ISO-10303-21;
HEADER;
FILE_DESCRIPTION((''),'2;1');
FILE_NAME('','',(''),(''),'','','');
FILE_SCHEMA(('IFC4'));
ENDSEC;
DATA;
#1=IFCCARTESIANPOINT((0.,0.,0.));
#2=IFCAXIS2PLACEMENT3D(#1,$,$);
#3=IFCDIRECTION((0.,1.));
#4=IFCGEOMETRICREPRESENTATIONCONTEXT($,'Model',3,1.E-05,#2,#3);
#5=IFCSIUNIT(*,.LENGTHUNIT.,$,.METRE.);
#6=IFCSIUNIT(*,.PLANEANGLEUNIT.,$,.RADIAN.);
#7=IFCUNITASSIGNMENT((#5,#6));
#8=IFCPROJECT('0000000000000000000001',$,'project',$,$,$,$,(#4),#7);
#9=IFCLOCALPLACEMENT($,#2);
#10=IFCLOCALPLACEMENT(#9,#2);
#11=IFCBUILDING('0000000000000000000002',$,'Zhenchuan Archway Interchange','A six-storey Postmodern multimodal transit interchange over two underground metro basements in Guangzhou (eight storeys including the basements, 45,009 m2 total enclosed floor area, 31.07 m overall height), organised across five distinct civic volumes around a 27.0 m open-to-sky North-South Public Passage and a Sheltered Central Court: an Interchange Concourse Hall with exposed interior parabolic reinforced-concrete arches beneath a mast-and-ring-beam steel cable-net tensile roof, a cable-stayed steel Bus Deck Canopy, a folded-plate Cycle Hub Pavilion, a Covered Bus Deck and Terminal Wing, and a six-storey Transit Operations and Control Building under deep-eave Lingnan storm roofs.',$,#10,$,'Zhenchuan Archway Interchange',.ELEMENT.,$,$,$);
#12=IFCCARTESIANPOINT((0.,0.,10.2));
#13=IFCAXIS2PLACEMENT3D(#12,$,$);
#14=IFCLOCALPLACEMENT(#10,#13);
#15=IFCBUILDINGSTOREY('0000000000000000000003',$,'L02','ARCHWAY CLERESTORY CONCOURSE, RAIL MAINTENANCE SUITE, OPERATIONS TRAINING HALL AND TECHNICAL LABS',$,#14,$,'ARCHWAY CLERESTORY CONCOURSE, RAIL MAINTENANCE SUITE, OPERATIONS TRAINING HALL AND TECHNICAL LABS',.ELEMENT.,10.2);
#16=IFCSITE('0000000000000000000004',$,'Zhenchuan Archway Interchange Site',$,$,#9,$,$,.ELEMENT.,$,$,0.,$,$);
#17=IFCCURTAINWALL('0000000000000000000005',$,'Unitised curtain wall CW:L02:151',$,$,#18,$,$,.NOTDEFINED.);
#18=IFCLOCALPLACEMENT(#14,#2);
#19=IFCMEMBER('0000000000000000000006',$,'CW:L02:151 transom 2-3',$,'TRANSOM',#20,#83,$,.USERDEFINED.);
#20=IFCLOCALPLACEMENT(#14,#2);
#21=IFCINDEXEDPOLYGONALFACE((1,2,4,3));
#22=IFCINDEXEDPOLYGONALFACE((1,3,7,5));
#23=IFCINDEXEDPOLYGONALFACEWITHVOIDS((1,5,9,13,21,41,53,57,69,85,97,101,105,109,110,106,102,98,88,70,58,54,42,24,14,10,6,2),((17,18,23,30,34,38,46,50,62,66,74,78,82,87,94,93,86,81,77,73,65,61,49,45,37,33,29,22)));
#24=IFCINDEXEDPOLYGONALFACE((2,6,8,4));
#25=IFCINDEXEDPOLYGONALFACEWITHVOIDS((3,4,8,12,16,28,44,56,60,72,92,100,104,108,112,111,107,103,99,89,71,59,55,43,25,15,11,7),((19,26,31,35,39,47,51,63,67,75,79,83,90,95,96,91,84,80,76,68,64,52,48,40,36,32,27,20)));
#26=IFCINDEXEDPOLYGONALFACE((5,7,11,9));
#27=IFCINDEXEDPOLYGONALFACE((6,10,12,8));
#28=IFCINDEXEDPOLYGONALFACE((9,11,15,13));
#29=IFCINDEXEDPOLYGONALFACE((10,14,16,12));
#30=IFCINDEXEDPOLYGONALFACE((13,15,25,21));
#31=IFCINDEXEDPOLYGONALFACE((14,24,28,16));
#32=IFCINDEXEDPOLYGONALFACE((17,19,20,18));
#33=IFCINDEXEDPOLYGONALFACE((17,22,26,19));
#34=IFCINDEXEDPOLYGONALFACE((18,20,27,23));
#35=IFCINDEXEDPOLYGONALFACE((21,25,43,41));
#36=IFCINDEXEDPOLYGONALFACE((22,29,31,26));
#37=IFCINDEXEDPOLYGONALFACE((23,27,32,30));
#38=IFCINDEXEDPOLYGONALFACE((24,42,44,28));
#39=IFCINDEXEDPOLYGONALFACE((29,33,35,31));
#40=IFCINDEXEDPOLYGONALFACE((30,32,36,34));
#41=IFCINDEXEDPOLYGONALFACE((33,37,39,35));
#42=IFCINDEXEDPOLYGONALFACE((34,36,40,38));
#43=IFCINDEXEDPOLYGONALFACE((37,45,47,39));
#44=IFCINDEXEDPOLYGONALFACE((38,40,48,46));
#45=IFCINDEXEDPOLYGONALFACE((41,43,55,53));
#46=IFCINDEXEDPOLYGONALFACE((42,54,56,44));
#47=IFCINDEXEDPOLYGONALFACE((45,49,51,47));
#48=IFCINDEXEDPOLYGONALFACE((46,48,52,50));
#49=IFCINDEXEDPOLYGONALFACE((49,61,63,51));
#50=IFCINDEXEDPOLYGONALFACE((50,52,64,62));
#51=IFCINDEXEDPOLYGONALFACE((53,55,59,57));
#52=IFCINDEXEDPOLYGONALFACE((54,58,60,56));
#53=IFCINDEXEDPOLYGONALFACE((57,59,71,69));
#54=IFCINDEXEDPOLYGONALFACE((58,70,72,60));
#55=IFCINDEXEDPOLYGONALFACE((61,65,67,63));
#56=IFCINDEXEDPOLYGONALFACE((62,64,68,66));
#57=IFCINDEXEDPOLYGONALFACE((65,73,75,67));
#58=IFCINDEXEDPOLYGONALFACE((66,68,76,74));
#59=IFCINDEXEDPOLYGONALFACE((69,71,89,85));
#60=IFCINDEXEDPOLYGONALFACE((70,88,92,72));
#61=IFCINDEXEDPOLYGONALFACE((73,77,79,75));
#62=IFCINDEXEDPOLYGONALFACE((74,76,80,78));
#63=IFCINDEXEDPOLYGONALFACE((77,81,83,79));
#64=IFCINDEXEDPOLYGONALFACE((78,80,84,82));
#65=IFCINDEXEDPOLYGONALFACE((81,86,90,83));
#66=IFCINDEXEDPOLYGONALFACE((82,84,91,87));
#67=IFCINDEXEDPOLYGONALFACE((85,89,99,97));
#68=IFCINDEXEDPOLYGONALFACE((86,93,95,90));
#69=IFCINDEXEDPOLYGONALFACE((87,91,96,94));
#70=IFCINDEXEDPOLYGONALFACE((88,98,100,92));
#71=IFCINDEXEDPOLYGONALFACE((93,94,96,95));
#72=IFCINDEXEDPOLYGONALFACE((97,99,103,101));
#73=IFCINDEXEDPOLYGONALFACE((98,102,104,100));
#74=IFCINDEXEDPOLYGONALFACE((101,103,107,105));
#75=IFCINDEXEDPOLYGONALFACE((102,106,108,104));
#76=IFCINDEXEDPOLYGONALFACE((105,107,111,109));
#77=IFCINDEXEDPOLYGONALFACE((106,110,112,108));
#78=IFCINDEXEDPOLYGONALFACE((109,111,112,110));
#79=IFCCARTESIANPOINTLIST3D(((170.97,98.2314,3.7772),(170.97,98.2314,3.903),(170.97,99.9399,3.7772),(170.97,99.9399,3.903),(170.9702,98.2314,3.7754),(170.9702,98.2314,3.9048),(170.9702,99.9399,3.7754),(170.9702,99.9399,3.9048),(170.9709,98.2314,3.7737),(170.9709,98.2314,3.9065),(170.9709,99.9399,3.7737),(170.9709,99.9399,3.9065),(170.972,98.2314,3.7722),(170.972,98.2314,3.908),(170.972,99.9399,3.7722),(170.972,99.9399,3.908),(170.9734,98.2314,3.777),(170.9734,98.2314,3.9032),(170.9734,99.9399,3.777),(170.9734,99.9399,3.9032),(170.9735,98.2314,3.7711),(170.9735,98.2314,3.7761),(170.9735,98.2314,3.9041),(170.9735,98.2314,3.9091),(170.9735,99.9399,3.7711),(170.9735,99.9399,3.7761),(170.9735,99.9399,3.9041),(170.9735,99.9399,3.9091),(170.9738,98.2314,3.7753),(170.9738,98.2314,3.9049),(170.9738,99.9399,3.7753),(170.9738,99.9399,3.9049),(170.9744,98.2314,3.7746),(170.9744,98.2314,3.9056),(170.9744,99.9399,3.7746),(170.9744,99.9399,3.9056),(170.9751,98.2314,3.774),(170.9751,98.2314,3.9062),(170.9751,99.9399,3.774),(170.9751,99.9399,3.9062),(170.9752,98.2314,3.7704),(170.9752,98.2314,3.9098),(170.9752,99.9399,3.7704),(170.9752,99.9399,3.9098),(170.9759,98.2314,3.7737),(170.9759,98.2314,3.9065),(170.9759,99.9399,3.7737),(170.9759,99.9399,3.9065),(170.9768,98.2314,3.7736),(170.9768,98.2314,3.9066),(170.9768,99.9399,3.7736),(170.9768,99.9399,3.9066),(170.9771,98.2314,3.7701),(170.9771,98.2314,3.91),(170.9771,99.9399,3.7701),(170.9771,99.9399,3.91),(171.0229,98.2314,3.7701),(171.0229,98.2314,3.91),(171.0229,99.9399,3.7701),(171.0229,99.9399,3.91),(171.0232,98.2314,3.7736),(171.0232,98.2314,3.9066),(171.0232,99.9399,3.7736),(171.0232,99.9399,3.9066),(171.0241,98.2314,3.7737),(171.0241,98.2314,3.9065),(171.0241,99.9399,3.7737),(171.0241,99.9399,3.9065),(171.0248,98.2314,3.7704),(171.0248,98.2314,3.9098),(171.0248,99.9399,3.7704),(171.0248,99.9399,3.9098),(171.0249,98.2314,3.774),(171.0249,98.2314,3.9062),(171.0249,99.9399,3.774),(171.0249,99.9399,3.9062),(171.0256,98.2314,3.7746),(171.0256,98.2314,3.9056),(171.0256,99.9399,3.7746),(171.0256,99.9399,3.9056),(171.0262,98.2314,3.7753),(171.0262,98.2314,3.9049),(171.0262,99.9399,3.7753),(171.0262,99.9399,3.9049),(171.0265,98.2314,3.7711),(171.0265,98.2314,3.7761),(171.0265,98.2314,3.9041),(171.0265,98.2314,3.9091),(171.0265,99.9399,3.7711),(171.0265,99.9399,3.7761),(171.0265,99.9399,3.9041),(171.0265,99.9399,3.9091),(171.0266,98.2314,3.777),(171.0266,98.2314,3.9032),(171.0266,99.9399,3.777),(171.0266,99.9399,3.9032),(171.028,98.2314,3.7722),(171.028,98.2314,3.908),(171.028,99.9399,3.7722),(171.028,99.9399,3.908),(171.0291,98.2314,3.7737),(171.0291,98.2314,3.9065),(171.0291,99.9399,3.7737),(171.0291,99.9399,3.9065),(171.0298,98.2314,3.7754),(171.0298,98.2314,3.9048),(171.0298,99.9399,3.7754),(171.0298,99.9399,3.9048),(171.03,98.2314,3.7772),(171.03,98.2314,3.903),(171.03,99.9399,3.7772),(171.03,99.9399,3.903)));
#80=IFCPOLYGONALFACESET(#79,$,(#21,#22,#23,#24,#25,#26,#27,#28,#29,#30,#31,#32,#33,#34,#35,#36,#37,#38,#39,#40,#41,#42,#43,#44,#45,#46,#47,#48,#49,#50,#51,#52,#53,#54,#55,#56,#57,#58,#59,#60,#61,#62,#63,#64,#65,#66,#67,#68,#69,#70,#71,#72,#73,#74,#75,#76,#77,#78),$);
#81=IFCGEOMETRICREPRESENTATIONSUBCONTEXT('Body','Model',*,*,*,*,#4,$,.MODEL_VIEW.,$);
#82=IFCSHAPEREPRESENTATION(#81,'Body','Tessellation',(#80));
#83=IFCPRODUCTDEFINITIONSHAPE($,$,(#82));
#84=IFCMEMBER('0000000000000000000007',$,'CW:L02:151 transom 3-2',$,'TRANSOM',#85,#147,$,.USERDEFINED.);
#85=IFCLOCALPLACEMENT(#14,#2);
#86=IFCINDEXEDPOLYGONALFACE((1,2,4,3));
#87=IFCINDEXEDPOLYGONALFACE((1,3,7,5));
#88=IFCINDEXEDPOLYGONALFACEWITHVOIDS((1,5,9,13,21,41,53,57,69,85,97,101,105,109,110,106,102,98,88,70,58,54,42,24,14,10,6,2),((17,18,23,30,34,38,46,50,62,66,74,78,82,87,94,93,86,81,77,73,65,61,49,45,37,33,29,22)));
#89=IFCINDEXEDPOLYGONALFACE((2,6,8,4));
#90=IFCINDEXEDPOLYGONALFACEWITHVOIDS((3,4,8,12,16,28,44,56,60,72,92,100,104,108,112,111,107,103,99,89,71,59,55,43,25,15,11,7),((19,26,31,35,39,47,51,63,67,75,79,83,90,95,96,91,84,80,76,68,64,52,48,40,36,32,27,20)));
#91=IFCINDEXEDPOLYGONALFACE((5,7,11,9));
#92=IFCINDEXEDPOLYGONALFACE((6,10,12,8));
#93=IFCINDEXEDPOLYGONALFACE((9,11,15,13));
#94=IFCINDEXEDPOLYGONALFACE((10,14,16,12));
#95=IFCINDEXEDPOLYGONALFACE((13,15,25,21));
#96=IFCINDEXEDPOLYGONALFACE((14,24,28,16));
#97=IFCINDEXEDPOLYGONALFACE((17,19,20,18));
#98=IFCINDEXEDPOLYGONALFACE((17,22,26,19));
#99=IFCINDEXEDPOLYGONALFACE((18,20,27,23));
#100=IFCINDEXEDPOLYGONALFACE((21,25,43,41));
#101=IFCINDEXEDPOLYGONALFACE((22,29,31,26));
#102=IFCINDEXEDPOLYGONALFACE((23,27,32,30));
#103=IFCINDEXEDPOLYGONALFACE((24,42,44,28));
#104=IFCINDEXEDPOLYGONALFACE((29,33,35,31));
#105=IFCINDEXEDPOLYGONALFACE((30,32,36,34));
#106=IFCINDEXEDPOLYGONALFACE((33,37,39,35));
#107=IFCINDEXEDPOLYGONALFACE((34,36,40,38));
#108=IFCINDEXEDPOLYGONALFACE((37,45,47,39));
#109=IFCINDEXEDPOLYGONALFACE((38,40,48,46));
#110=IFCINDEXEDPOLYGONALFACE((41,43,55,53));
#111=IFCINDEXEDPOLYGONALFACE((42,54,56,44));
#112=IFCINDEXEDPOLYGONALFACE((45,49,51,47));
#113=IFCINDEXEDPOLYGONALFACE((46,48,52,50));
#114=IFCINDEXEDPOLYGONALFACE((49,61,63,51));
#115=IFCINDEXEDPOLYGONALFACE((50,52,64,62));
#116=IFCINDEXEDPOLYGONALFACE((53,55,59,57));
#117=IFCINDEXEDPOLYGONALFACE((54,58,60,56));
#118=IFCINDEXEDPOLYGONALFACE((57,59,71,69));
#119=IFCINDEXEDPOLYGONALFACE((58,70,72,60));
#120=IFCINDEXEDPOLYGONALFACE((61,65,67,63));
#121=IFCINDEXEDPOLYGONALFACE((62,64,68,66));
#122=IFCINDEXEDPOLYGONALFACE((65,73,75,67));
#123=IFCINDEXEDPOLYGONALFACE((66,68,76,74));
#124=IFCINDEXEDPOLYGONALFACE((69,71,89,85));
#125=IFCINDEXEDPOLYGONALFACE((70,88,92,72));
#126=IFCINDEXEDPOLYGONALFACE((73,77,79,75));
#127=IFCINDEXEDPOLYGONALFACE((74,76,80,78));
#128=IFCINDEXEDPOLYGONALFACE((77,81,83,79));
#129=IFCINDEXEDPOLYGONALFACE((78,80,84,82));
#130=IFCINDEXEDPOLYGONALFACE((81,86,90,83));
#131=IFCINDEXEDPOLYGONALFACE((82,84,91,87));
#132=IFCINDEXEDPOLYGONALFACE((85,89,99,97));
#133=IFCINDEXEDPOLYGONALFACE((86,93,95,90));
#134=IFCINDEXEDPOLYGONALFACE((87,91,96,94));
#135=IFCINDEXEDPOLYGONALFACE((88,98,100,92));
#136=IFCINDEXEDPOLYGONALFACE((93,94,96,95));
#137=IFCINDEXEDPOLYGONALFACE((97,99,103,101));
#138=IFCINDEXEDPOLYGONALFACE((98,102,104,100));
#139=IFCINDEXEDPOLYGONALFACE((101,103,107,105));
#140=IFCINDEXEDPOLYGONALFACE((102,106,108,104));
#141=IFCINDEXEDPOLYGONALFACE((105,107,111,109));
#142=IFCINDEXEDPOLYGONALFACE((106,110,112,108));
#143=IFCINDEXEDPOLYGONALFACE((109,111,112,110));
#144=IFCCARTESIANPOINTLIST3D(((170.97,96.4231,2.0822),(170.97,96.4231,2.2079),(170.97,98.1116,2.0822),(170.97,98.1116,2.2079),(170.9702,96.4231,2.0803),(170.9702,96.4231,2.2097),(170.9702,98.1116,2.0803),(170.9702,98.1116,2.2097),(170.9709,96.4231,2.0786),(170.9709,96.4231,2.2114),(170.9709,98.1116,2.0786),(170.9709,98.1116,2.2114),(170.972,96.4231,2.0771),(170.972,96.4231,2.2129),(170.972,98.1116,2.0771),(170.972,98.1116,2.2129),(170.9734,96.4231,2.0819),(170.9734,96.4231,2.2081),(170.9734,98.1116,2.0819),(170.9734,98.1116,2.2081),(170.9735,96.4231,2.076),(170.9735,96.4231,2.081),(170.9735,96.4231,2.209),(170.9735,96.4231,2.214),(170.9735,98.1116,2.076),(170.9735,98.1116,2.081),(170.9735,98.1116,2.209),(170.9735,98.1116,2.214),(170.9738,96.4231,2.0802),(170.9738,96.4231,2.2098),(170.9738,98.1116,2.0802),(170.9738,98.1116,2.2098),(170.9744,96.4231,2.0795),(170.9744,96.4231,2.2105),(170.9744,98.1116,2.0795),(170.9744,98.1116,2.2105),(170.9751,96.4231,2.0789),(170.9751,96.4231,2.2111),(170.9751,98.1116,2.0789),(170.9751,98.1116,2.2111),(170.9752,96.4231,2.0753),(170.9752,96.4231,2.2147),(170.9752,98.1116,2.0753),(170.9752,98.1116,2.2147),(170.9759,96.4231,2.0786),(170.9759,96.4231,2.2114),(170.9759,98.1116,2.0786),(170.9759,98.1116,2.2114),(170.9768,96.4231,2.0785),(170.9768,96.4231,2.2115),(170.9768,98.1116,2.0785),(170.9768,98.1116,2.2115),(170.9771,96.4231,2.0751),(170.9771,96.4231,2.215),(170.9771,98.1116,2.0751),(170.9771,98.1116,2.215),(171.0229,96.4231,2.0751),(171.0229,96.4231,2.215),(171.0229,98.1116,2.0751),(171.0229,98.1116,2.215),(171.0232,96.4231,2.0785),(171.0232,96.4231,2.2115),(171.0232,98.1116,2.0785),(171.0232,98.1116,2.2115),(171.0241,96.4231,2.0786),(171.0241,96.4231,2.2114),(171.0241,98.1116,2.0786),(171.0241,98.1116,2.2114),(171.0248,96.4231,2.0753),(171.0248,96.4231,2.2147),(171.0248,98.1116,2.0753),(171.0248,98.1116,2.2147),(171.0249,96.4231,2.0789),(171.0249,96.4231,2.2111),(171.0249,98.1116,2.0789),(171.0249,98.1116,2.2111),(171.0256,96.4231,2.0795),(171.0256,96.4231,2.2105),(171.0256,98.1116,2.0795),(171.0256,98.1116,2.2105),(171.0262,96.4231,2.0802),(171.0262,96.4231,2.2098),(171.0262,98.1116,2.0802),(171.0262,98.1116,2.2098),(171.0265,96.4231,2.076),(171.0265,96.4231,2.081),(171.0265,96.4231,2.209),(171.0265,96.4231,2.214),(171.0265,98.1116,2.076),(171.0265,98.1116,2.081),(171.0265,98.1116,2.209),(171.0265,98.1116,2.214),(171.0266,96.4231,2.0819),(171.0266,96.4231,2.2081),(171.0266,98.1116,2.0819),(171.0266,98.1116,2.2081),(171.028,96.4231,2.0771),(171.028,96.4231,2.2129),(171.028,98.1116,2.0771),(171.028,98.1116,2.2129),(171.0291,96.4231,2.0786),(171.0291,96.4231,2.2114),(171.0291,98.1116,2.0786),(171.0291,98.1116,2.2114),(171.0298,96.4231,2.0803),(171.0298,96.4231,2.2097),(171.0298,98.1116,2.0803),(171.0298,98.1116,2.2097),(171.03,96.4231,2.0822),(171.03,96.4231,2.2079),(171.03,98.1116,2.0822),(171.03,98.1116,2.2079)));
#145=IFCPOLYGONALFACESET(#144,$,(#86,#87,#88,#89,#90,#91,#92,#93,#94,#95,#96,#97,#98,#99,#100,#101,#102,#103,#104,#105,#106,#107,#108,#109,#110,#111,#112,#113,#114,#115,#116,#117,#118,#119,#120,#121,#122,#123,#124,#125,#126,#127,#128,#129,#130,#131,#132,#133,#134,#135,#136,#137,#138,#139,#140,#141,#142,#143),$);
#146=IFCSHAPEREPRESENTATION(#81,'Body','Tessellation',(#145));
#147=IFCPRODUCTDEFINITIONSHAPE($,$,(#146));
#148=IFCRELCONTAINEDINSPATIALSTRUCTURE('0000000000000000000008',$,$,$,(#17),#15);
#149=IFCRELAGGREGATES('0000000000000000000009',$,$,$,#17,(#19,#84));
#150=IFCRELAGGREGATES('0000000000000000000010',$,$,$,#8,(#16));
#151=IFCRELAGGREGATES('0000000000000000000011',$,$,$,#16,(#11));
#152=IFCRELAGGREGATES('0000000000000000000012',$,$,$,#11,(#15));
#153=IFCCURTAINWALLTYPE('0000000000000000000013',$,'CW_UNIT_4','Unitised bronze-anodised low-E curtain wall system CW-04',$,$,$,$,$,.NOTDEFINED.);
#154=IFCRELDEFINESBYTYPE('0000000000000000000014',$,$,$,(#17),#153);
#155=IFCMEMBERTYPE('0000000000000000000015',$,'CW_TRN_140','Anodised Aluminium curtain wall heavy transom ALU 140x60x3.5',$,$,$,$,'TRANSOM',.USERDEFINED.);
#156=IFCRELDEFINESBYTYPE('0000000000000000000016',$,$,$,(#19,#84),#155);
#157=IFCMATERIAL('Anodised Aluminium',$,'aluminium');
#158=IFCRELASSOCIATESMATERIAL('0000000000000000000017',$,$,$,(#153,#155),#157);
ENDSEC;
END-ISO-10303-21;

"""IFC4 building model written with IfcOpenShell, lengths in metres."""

from ifc_helpers import new_model, si_unit, direction, frame, origin, origin_2d, place, context, subcontext, project, spatial, hollow_rectangle, extrude, material, material_profile, profile_set, type_object, element, aggregate, save


model = new_model("IFC4")

# Units and contexts
model_context = context("Model", 3, precision=1e-05, world=origin(), true_north=direction((0.0, 1.0)))
body_context = subcontext(model_context, "Body", "Model", "MODEL_VIEW")
ifc_project = project(units=[si_unit("LENGTHUNIT", "METRE"), si_unit("PLANEANGLEUNIT", "RADIAN")], contexts=[model_context])

# Site, building, storey
site_placement = place(None, origin())
site = spatial("IfcSite", under=ifc_project, at=site_placement, Name="Zhenchuan Archway Interchange Site", CompositionType="ELEMENT", RefElevation=0.0)
building_placement = place(site_placement, origin())
building = spatial("IfcBuilding", under=site, at=building_placement, Name="Zhenchuan Archway Interchange", Description="A six-storey Postmodern multimodal transit interchange over two underground metro basements in Guangzhou (eight storeys including the basements, 45,009 m2 total enclosed floor area, 31.07 m overall height), organised across five distinct civic volumes around a 27.0 m open-to-sky North-South Public Passage and a Sheltered Central Court: an Interchange Concourse Hall with exposed interior parabolic reinforced-concrete arches beneath a mast-and-ring-beam steel cable-net tensile roof, a cable-stayed steel Bus Deck Canopy, a folded-plate Cycle Hub Pavilion, a Covered Bus Deck and Terminal Wing, and a six-storey Transit Operations and Control Building under deep-eave Lingnan storm roofs.", LongName="Zhenchuan Archway Interchange", CompositionType="ELEMENT")
storey_placement = place(building_placement, frame((0.0, 0.0, 10.2)))
storey = spatial("IfcBuildingStorey", under=building, at=storey_placement, Name="L02", Description="ARCHWAY CLERESTORY CONCOURSE, RAIL MAINTENANCE SUITE, OPERATIONS TRAINING HALL AND TECHNICAL LABS", LongName="ARCHWAY CLERESTORY CONCOURSE, RAIL MAINTENANCE SUITE, OPERATIONS TRAINING HALL AND TECHNICAL LABS", CompositionType="ELEMENT", Elevation=10.2)

# Curtain wall, members
ifc_material_1 = material(Name="Anodised Aluminium", Category="aluminium")
curtain_wall_type = type_object("IfcCurtainWallType", Name="CW_UNIT_4", Description="Unitised bronze-anodised low-E curtain wall system CW-04", PredefinedType="NOTDEFINED", material=ifc_material_1)
curtain_wall_placement = place(storey_placement, origin())
curtain_wall = element("IfcCurtainWall", 1, at=curtain_wall_placement, inside=storey, type_object=curtain_wall_type, Name="Unitised curtain wall CW:L02:151", PredefinedType="NOTDEFINED")
ifc_material_profile_1 = material_profile(ifc_material_1, hollow_rectangle(XDim=0.0601, YDim=0.1399, WallThickness=0.0034, InnerFilletRadius=0.0034, OuterFilletRadius=0.0071, at=origin_2d()), Name="ALU 140x60x3.5")
ifc_profile_set_1 = profile_set([ifc_material_profile_1], Name="Anodised Aluminium")
member_type_1 = type_object("IfcMemberType", Name="CW_TRN_140", Description="Anodised Aluminium curtain wall heavy transom ALU 140x60x3.5", ElementType="TRANSOM", PredefinedType="USERDEFINED", material=ifc_profile_set_1)
member_1_placement = place(storey_placement, frame((171.0, 99.9399, 3.8401), z_axis=(0.0, -1.0, 0.0), x_axis=(1.0, 0.0, 0.0)))
member_1 = element("IfcMember", 2, at=member_1_placement, type_object=member_type_1, Name="CW:L02:151 transom 2-3", ObjectType="TRANSOM", PredefinedType="USERDEFINED", context=body_context, shape_type="SweptSolid", body=[
    extrude(hollow_rectangle(XDim=0.0601, YDim=0.1399, WallThickness=0.0034, InnerFilletRadius=0.0034, OuterFilletRadius=0.0071, at=origin_2d()), origin(), (0.0, 0.0, 1.0), 1.7085),
])
member_2_placement = place(storey_placement, frame((171.0, 98.1116, 2.145), z_axis=(0.0, -1.0, 0.0), x_axis=(1.0, 0.0, 0.0)))
member_2 = element("IfcMember", 3, at=member_2_placement, type_object=member_type_1, Name="CW:L02:151 transom 3-2", ObjectType="TRANSOM", PredefinedType="USERDEFINED", context=body_context, shape_type="SweptSolid", body=[
    extrude(hollow_rectangle(XDim=0.0601, YDim=0.1399, WallThickness=0.0034, InnerFilletRadius=0.0034, OuterFilletRadius=0.0071, at=origin_2d()), origin(), (0.0, 0.0, 1.0), 1.6885),
])
aggregate(curtain_wall, [member_1, member_2])

save(model, "model.ifc")
